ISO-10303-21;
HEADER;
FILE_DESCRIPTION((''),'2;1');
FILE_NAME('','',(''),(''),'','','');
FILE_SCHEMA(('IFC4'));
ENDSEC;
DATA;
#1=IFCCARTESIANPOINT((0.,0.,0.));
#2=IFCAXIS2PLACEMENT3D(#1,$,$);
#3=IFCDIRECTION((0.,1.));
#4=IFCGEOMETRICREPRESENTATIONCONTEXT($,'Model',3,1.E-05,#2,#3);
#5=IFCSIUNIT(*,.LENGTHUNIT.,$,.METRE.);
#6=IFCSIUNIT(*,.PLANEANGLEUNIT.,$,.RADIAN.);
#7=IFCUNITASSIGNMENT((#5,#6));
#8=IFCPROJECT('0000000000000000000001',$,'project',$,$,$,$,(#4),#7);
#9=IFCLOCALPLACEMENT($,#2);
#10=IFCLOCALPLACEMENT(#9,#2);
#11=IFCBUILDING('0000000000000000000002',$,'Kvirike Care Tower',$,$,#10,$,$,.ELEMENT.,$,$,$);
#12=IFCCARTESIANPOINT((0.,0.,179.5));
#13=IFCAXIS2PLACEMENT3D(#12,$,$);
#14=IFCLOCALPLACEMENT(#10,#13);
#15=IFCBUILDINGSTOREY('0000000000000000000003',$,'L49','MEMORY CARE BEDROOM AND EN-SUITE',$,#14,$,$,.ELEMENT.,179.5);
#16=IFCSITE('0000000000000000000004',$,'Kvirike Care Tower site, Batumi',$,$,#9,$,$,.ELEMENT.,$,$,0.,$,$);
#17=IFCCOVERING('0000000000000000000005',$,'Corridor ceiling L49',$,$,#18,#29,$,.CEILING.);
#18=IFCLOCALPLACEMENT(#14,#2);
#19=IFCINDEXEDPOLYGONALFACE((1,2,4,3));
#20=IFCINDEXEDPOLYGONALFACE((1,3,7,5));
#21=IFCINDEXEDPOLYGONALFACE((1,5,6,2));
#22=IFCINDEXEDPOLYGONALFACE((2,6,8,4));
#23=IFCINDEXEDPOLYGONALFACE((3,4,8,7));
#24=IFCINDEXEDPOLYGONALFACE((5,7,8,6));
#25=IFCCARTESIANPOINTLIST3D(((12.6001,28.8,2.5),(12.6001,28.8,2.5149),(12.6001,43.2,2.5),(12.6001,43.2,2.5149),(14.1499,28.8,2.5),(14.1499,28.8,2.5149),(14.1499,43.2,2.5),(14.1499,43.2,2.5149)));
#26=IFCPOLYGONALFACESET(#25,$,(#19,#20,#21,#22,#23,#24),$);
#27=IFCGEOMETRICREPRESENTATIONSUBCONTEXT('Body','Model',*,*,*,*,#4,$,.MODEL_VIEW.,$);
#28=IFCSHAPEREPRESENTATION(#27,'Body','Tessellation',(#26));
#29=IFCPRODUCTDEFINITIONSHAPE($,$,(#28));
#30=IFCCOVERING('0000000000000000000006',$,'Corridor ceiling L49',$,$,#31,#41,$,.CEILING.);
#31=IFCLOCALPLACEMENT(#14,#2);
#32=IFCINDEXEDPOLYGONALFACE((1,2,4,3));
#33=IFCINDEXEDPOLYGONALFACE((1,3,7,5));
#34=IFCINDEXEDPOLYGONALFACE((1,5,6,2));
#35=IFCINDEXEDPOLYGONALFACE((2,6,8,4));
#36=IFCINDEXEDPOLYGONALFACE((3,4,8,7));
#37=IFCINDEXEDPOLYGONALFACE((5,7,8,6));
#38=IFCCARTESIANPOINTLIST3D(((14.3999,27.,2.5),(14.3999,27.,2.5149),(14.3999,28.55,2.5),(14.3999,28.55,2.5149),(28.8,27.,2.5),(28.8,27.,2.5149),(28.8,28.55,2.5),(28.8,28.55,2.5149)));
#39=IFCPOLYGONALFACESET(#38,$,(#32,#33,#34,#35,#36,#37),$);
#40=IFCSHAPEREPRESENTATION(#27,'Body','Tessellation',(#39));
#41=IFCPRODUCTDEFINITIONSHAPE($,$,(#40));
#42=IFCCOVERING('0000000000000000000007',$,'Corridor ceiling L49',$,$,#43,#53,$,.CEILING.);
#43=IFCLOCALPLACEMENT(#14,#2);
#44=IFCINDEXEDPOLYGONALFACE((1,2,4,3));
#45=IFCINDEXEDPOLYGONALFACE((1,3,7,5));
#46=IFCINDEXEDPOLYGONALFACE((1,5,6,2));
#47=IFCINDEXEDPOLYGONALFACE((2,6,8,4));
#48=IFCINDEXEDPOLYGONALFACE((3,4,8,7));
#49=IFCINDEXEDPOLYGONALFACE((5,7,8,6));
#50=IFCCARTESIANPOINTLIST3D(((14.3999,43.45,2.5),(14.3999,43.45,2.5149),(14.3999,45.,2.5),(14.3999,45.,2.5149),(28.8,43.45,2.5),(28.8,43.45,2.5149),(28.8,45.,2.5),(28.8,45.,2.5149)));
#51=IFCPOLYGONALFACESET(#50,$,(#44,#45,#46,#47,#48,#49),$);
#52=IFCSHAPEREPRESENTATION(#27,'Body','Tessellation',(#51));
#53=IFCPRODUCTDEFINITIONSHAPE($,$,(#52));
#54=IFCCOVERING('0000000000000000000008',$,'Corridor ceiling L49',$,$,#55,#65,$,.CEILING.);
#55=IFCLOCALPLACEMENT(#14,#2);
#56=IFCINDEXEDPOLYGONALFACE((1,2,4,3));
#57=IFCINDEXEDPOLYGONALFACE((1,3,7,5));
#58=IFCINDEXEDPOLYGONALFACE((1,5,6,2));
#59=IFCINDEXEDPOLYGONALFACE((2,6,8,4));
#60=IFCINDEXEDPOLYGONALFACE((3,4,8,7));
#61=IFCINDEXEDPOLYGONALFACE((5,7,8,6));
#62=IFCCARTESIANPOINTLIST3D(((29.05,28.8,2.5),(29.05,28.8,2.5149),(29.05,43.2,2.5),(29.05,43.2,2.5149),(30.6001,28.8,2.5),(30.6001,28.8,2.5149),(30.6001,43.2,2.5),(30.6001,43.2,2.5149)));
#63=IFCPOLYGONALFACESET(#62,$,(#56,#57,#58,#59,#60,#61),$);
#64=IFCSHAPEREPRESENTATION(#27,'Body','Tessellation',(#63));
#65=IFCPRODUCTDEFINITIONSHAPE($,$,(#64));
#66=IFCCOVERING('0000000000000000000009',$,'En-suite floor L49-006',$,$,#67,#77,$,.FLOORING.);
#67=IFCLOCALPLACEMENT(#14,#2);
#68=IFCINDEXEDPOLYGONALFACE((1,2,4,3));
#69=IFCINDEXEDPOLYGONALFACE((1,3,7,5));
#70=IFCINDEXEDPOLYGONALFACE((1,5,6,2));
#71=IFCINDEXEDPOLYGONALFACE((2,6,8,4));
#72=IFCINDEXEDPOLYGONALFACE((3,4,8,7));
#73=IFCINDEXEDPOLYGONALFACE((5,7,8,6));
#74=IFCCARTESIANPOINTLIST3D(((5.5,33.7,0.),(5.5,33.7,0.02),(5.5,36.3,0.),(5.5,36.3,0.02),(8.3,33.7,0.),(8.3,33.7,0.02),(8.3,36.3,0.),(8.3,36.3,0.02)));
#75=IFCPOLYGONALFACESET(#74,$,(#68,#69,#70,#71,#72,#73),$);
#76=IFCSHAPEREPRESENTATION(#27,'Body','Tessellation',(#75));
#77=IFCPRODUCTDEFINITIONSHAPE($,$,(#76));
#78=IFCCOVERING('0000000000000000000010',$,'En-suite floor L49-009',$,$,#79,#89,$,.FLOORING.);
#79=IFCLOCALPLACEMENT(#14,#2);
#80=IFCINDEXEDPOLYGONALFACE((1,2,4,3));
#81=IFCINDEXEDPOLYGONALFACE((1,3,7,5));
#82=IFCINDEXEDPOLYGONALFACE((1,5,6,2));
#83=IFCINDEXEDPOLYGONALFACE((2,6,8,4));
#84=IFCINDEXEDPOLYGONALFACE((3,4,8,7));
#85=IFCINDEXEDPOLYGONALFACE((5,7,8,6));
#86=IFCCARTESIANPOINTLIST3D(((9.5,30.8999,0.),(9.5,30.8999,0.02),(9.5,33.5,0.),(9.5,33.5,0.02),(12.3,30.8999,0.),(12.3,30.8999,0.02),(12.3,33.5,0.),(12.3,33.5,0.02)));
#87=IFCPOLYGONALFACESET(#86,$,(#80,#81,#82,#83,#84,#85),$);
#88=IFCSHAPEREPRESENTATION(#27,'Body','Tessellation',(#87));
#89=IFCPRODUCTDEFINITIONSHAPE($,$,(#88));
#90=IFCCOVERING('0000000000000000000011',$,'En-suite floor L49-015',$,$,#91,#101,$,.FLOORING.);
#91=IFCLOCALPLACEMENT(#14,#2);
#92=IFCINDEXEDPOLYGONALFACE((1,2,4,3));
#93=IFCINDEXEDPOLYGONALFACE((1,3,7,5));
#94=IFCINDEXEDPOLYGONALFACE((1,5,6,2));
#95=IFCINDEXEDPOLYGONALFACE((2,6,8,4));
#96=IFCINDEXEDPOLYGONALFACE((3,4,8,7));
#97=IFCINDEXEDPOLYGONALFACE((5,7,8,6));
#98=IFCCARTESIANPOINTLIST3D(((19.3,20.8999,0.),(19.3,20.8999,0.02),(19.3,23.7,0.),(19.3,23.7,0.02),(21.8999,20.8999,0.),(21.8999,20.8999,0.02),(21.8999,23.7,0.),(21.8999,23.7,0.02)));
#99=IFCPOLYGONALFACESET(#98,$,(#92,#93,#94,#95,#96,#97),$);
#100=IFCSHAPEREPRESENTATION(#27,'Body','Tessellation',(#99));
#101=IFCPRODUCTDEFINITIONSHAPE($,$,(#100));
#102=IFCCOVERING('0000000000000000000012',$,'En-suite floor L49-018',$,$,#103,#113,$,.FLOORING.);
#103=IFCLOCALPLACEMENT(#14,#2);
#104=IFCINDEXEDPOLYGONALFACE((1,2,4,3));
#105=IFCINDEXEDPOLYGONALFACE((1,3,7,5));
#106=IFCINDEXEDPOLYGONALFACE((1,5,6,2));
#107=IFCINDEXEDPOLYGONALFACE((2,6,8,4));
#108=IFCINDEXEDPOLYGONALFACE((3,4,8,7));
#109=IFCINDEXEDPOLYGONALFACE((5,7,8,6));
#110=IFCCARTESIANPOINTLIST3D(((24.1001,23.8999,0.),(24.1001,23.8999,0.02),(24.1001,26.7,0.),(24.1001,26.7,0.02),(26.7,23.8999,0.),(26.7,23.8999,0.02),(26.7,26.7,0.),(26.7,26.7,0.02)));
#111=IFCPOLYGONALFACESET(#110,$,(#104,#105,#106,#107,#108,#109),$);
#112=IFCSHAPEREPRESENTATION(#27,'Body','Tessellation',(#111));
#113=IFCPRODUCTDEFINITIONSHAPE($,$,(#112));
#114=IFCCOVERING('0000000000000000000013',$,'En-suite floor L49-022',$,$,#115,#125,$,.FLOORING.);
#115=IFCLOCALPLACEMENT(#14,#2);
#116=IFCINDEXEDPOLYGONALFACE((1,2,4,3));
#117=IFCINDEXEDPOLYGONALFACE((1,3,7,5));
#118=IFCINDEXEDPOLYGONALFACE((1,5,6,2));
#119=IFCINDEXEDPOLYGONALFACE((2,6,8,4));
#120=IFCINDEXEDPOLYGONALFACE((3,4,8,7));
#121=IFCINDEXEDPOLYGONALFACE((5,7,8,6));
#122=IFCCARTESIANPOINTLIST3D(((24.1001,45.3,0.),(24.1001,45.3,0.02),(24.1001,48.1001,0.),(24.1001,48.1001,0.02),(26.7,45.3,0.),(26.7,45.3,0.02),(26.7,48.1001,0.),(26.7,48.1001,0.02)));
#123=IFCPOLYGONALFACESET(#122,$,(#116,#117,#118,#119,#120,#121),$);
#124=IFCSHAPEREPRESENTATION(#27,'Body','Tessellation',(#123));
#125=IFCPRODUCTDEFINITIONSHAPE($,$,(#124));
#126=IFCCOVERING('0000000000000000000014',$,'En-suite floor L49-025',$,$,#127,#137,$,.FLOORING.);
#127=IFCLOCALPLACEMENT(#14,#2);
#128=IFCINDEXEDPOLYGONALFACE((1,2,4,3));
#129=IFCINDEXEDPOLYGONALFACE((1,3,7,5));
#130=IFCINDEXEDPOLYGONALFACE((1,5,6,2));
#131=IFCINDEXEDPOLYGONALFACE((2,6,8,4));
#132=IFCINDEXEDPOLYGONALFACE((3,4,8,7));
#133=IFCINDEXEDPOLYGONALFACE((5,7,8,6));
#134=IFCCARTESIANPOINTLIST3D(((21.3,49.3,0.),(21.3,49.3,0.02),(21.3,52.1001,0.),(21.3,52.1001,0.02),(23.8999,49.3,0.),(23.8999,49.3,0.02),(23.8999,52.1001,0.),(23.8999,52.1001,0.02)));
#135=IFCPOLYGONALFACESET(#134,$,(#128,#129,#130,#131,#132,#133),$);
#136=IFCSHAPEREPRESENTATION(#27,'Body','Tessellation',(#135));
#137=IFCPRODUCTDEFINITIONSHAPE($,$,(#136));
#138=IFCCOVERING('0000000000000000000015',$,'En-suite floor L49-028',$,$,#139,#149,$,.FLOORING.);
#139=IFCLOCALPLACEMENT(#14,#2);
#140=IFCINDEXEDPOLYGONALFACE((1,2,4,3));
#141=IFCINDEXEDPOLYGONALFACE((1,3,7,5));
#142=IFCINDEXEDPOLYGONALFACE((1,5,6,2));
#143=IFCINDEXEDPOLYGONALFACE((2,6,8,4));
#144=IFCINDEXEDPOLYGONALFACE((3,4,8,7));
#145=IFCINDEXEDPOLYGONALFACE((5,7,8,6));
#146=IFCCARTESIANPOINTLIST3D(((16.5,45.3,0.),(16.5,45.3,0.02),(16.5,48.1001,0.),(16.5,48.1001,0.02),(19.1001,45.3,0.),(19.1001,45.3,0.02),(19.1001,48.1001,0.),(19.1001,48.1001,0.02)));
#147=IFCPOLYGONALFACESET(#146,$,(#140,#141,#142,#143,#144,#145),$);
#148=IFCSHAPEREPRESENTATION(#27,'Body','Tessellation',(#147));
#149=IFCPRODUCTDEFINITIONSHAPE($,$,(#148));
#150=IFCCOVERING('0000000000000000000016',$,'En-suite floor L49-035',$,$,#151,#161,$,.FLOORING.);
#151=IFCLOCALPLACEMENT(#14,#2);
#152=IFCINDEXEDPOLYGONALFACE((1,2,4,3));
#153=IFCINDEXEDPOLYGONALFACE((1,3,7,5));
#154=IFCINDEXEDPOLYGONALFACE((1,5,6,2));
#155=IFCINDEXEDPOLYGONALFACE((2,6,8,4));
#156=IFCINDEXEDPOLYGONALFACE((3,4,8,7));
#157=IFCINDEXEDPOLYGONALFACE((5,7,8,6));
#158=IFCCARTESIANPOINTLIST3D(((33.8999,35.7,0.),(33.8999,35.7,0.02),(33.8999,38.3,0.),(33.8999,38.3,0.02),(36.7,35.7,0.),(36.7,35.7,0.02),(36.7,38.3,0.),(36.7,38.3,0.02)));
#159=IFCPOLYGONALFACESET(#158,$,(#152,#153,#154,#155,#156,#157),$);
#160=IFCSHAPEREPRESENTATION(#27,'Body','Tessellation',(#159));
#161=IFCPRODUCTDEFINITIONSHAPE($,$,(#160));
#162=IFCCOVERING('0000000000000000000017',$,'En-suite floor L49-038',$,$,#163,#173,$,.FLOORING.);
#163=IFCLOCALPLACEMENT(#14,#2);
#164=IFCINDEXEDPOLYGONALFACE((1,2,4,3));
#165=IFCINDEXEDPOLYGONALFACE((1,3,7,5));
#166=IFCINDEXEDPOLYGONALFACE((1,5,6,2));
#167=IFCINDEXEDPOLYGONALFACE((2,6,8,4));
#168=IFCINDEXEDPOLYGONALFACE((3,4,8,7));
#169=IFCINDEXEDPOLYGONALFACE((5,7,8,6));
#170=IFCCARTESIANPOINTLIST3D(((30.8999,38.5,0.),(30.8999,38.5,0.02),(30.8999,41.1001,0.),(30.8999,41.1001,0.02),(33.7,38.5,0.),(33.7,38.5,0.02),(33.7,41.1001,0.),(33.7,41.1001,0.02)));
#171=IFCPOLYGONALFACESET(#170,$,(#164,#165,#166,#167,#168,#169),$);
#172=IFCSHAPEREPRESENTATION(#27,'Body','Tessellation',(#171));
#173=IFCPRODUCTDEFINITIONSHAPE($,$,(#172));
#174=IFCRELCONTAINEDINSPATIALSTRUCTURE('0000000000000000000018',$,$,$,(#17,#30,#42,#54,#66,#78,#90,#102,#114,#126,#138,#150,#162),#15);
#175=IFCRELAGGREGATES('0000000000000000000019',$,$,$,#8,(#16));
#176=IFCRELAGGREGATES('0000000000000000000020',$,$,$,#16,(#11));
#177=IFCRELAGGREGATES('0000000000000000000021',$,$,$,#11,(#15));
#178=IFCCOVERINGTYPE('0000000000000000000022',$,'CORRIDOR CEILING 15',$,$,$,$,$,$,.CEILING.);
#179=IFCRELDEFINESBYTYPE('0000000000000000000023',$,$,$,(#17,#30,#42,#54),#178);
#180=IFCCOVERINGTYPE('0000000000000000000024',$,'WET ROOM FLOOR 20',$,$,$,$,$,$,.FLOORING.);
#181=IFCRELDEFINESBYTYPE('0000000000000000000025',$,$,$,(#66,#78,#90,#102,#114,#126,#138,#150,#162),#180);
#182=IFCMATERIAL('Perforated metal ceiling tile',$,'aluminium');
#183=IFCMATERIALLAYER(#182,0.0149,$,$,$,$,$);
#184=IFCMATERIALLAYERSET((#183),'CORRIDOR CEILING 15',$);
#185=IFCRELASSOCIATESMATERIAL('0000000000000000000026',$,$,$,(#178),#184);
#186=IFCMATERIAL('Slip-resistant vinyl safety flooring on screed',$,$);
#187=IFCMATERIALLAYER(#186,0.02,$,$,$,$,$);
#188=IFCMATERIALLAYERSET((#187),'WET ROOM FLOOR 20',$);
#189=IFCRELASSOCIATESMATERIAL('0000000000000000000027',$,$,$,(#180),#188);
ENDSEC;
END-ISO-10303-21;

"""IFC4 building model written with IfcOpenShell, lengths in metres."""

from ifc_helpers import new_model, si_unit, direction, frame, origin, place, context, subcontext, project, spatial, polyline, outline, extrude, material, layer, layer_set, type_object, element, save


model = new_model("IFC4")

# Units and contexts
model_context = context("Model", 3, precision=1e-05, world=origin(), true_north=direction((0.0, 1.0)))
body_context = subcontext(model_context, "Body", "Model", "MODEL_VIEW")
ifc_project = project(units=[si_unit("LENGTHUNIT", "METRE"), si_unit("PLANEANGLEUNIT", "RADIAN")], contexts=[model_context])

# Site, building, storey
site_placement = place(None, origin())
site = spatial("IfcSite", under=ifc_project, at=site_placement, Name="Kvirike Care Tower site, Batumi", CompositionType="ELEMENT", RefElevation=0.0)
building_placement = place(site_placement, origin())
building = spatial("IfcBuilding", under=site, at=building_placement, Name="Kvirike Care Tower", CompositionType="ELEMENT")
storey_placement = place(building_placement, frame((0.0, 0.0, 179.5)))
storey = spatial("IfcBuildingStorey", under=building, at=storey_placement, Name="L49", Description="MEMORY CARE BEDROOM AND EN-SUITE", CompositionType="ELEMENT", Elevation=179.5)

# Coverings
ifc_material_1 = material(Name="Perforated metal ceiling tile", Category="aluminium")
ifc_layer_1 = layer(ifc_material_1, 0.0149)
ifc_layer_set_1 = layer_set([ifc_layer_1], Name="CORRIDOR CEILING 15")
covering_type_1 = type_object("IfcCoveringType", Name="CORRIDOR CEILING 15", PredefinedType="CEILING", material=ifc_layer_set_1)
covering_1_placement = place(storey_placement, frame((0.0, 0.0, 2.5)))
element("IfcCovering", 1, at=covering_1_placement, inside=storey, type_object=covering_type_1, Name="Corridor ceiling L49", PredefinedType="CEILING", context=body_context, shape_type="SweptSolid", body=[
    extrude(outline(polyline([(12.6001, 43.2), (14.1499, 43.2), (14.1499, 28.8), (12.6001, 28.8), (12.6001, 43.2)])), origin(), (0.0, 0.0, 1.0), 0.0149),
])
covering_2_placement = place(storey_placement, frame((0.0, 0.0, 2.5)))
element("IfcCovering", 2, at=covering_2_placement, inside=storey, type_object=covering_type_1, Name="Corridor ceiling L49", PredefinedType="CEILING", context=body_context, shape_type="SweptSolid", body=[
    extrude(outline(polyline([(14.3999, 27.0), (14.3999, 28.55), (28.8, 28.55), (28.8, 27.0), (14.3999, 27.0)])), origin(), (0.0, 0.0, 1.0), 0.0149),
])
covering_3_placement = place(storey_placement, frame((0.0, 0.0, 2.5)))
element("IfcCovering", 3, at=covering_3_placement, inside=storey, type_object=covering_type_1, Name="Corridor ceiling L49", PredefinedType="CEILING", context=body_context, shape_type="SweptSolid", body=[
    extrude(outline(polyline([(28.8, 45.0), (28.8, 43.45), (14.3999, 43.45), (14.3999, 45.0), (28.8, 45.0)])), origin(), (0.0, 0.0, 1.0), 0.0149),
])
covering_4_placement = place(storey_placement, frame((0.0, 0.0, 2.5)))
element("IfcCovering", 4, at=covering_4_placement, inside=storey, type_object=covering_type_1, Name="Corridor ceiling L49", PredefinedType="CEILING", context=body_context, shape_type="SweptSolid", body=[
    extrude(outline(polyline([(30.6001, 28.8), (29.05, 28.8), (29.05, 43.2), (30.6001, 43.2), (30.6001, 28.8)])), origin(), (0.0, 0.0, 1.0), 0.0149),
])
ifc_material_2 = material(Name="Slip-resistant vinyl safety flooring on screed")
ifc_layer_2 = layer(ifc_material_2, 0.02)
ifc_layer_set_2 = layer_set([ifc_layer_2], Name="WET ROOM FLOOR 20")
covering_type_2 = type_object("IfcCoveringType", Name="WET ROOM FLOOR 20", PredefinedType="FLOORING", material=ifc_layer_set_2)
covering_5_placement = place(storey_placement, origin())
element("IfcCovering", 5, at=covering_5_placement, inside=storey, type_object=covering_type_2, Name="En-suite floor L49-006", PredefinedType="FLOORING", context=body_context, shape_type="SweptSolid", body=[
    extrude(outline(polyline([(5.5, 36.3), (8.3, 36.3), (8.3, 33.7), (5.5, 33.7), (5.5, 36.3)])), origin(), (0.0, 0.0, 1.0), 0.02),
])
covering_6_placement = place(storey_placement, origin())
element("IfcCovering", 6, at=covering_6_placement, inside=storey, type_object=covering_type_2, Name="En-suite floor L49-009", PredefinedType="FLOORING", context=body_context, shape_type="SweptSolid", body=[
    extrude(outline(polyline([(9.5, 33.5), (12.3, 33.5), (12.3, 30.8999), (9.5, 30.8999), (9.5, 33.5)])), origin(), (0.0, 0.0, 1.0), 0.02),
])
covering_7_placement = place(storey_placement, origin())
element("IfcCovering", 7, at=covering_7_placement, inside=storey, type_object=covering_type_2, Name="En-suite floor L49-015", PredefinedType="FLOORING", context=body_context, shape_type="SweptSolid", body=[
    extrude(outline(polyline([(19.3, 20.8999), (19.3, 23.7), (21.8999, 23.7), (21.8999, 20.8999), (19.3, 20.8999)])), origin(), (0.0, 0.0, 1.0), 0.02),
])
covering_8_placement = place(storey_placement, origin())
element("IfcCovering", 8, at=covering_8_placement, inside=storey, type_object=covering_type_2, Name="En-suite floor L49-018", PredefinedType="FLOORING", context=body_context, shape_type="SweptSolid", body=[
    extrude(outline(polyline([(24.1001, 23.8999), (24.1001, 26.7), (26.7, 26.7), (26.7, 23.8999), (24.1001, 23.8999)])), origin(), (0.0, 0.0, 1.0), 0.02),
])
covering_9_placement = place(storey_placement, origin())
element("IfcCovering", 9, at=covering_9_placement, inside=storey, type_object=covering_type_2, Name="En-suite floor L49-022", PredefinedType="FLOORING", context=body_context, shape_type="SweptSolid", body=[
    extrude(outline(polyline([(26.7, 48.1001), (26.7, 45.3), (24.1001, 45.3), (24.1001, 48.1001), (26.7, 48.1001)])), origin(), (0.0, 0.0, 1.0), 0.02),
])
covering_10_placement = place(storey_placement, origin())
element("IfcCovering", 10, at=covering_10_placement, inside=storey, type_object=covering_type_2, Name="En-suite floor L49-025", PredefinedType="FLOORING", context=body_context, shape_type="SweptSolid", body=[
    extrude(outline(polyline([(23.8999, 52.1001), (23.8999, 49.3), (21.3, 49.3), (21.3, 52.1001), (23.8999, 52.1001)])), origin(), (0.0, 0.0, 1.0), 0.02),
])
covering_11_placement = place(storey_placement, origin())
element("IfcCovering", 11, at=covering_11_placement, inside=storey, type_object=covering_type_2, Name="En-suite floor L49-028", PredefinedType="FLOORING", context=body_context, shape_type="SweptSolid", body=[
    extrude(outline(polyline([(19.1001, 48.1001), (19.1001, 45.3), (16.5, 45.3), (16.5, 48.1001), (19.1001, 48.1001)])), origin(), (0.0, 0.0, 1.0), 0.02),
])
covering_12_placement = place(storey_placement, origin())
element("IfcCovering", 12, at=covering_12_placement, inside=storey, type_object=covering_type_2, Name="En-suite floor L49-035", PredefinedType="FLOORING", context=body_context, shape_type="SweptSolid", body=[
    extrude(outline(polyline([(36.7, 35.7), (33.8999, 35.7), (33.8999, 38.3), (36.7, 38.3), (36.7, 35.7)])), origin(), (0.0, 0.0, 1.0), 0.02),
])
covering_13_placement = place(storey_placement, origin())
element("IfcCovering", 13, at=covering_13_placement, inside=storey, type_object=covering_type_2, Name="En-suite floor L49-038", PredefinedType="FLOORING", context=body_context, shape_type="SweptSolid", body=[
    extrude(outline(polyline([(33.7, 38.5), (30.8999, 38.5), (30.8999, 41.1001), (33.7, 41.1001), (33.7, 38.5)])), origin(), (0.0, 0.0, 1.0), 0.02),
])

save(model, "model.ifc")
